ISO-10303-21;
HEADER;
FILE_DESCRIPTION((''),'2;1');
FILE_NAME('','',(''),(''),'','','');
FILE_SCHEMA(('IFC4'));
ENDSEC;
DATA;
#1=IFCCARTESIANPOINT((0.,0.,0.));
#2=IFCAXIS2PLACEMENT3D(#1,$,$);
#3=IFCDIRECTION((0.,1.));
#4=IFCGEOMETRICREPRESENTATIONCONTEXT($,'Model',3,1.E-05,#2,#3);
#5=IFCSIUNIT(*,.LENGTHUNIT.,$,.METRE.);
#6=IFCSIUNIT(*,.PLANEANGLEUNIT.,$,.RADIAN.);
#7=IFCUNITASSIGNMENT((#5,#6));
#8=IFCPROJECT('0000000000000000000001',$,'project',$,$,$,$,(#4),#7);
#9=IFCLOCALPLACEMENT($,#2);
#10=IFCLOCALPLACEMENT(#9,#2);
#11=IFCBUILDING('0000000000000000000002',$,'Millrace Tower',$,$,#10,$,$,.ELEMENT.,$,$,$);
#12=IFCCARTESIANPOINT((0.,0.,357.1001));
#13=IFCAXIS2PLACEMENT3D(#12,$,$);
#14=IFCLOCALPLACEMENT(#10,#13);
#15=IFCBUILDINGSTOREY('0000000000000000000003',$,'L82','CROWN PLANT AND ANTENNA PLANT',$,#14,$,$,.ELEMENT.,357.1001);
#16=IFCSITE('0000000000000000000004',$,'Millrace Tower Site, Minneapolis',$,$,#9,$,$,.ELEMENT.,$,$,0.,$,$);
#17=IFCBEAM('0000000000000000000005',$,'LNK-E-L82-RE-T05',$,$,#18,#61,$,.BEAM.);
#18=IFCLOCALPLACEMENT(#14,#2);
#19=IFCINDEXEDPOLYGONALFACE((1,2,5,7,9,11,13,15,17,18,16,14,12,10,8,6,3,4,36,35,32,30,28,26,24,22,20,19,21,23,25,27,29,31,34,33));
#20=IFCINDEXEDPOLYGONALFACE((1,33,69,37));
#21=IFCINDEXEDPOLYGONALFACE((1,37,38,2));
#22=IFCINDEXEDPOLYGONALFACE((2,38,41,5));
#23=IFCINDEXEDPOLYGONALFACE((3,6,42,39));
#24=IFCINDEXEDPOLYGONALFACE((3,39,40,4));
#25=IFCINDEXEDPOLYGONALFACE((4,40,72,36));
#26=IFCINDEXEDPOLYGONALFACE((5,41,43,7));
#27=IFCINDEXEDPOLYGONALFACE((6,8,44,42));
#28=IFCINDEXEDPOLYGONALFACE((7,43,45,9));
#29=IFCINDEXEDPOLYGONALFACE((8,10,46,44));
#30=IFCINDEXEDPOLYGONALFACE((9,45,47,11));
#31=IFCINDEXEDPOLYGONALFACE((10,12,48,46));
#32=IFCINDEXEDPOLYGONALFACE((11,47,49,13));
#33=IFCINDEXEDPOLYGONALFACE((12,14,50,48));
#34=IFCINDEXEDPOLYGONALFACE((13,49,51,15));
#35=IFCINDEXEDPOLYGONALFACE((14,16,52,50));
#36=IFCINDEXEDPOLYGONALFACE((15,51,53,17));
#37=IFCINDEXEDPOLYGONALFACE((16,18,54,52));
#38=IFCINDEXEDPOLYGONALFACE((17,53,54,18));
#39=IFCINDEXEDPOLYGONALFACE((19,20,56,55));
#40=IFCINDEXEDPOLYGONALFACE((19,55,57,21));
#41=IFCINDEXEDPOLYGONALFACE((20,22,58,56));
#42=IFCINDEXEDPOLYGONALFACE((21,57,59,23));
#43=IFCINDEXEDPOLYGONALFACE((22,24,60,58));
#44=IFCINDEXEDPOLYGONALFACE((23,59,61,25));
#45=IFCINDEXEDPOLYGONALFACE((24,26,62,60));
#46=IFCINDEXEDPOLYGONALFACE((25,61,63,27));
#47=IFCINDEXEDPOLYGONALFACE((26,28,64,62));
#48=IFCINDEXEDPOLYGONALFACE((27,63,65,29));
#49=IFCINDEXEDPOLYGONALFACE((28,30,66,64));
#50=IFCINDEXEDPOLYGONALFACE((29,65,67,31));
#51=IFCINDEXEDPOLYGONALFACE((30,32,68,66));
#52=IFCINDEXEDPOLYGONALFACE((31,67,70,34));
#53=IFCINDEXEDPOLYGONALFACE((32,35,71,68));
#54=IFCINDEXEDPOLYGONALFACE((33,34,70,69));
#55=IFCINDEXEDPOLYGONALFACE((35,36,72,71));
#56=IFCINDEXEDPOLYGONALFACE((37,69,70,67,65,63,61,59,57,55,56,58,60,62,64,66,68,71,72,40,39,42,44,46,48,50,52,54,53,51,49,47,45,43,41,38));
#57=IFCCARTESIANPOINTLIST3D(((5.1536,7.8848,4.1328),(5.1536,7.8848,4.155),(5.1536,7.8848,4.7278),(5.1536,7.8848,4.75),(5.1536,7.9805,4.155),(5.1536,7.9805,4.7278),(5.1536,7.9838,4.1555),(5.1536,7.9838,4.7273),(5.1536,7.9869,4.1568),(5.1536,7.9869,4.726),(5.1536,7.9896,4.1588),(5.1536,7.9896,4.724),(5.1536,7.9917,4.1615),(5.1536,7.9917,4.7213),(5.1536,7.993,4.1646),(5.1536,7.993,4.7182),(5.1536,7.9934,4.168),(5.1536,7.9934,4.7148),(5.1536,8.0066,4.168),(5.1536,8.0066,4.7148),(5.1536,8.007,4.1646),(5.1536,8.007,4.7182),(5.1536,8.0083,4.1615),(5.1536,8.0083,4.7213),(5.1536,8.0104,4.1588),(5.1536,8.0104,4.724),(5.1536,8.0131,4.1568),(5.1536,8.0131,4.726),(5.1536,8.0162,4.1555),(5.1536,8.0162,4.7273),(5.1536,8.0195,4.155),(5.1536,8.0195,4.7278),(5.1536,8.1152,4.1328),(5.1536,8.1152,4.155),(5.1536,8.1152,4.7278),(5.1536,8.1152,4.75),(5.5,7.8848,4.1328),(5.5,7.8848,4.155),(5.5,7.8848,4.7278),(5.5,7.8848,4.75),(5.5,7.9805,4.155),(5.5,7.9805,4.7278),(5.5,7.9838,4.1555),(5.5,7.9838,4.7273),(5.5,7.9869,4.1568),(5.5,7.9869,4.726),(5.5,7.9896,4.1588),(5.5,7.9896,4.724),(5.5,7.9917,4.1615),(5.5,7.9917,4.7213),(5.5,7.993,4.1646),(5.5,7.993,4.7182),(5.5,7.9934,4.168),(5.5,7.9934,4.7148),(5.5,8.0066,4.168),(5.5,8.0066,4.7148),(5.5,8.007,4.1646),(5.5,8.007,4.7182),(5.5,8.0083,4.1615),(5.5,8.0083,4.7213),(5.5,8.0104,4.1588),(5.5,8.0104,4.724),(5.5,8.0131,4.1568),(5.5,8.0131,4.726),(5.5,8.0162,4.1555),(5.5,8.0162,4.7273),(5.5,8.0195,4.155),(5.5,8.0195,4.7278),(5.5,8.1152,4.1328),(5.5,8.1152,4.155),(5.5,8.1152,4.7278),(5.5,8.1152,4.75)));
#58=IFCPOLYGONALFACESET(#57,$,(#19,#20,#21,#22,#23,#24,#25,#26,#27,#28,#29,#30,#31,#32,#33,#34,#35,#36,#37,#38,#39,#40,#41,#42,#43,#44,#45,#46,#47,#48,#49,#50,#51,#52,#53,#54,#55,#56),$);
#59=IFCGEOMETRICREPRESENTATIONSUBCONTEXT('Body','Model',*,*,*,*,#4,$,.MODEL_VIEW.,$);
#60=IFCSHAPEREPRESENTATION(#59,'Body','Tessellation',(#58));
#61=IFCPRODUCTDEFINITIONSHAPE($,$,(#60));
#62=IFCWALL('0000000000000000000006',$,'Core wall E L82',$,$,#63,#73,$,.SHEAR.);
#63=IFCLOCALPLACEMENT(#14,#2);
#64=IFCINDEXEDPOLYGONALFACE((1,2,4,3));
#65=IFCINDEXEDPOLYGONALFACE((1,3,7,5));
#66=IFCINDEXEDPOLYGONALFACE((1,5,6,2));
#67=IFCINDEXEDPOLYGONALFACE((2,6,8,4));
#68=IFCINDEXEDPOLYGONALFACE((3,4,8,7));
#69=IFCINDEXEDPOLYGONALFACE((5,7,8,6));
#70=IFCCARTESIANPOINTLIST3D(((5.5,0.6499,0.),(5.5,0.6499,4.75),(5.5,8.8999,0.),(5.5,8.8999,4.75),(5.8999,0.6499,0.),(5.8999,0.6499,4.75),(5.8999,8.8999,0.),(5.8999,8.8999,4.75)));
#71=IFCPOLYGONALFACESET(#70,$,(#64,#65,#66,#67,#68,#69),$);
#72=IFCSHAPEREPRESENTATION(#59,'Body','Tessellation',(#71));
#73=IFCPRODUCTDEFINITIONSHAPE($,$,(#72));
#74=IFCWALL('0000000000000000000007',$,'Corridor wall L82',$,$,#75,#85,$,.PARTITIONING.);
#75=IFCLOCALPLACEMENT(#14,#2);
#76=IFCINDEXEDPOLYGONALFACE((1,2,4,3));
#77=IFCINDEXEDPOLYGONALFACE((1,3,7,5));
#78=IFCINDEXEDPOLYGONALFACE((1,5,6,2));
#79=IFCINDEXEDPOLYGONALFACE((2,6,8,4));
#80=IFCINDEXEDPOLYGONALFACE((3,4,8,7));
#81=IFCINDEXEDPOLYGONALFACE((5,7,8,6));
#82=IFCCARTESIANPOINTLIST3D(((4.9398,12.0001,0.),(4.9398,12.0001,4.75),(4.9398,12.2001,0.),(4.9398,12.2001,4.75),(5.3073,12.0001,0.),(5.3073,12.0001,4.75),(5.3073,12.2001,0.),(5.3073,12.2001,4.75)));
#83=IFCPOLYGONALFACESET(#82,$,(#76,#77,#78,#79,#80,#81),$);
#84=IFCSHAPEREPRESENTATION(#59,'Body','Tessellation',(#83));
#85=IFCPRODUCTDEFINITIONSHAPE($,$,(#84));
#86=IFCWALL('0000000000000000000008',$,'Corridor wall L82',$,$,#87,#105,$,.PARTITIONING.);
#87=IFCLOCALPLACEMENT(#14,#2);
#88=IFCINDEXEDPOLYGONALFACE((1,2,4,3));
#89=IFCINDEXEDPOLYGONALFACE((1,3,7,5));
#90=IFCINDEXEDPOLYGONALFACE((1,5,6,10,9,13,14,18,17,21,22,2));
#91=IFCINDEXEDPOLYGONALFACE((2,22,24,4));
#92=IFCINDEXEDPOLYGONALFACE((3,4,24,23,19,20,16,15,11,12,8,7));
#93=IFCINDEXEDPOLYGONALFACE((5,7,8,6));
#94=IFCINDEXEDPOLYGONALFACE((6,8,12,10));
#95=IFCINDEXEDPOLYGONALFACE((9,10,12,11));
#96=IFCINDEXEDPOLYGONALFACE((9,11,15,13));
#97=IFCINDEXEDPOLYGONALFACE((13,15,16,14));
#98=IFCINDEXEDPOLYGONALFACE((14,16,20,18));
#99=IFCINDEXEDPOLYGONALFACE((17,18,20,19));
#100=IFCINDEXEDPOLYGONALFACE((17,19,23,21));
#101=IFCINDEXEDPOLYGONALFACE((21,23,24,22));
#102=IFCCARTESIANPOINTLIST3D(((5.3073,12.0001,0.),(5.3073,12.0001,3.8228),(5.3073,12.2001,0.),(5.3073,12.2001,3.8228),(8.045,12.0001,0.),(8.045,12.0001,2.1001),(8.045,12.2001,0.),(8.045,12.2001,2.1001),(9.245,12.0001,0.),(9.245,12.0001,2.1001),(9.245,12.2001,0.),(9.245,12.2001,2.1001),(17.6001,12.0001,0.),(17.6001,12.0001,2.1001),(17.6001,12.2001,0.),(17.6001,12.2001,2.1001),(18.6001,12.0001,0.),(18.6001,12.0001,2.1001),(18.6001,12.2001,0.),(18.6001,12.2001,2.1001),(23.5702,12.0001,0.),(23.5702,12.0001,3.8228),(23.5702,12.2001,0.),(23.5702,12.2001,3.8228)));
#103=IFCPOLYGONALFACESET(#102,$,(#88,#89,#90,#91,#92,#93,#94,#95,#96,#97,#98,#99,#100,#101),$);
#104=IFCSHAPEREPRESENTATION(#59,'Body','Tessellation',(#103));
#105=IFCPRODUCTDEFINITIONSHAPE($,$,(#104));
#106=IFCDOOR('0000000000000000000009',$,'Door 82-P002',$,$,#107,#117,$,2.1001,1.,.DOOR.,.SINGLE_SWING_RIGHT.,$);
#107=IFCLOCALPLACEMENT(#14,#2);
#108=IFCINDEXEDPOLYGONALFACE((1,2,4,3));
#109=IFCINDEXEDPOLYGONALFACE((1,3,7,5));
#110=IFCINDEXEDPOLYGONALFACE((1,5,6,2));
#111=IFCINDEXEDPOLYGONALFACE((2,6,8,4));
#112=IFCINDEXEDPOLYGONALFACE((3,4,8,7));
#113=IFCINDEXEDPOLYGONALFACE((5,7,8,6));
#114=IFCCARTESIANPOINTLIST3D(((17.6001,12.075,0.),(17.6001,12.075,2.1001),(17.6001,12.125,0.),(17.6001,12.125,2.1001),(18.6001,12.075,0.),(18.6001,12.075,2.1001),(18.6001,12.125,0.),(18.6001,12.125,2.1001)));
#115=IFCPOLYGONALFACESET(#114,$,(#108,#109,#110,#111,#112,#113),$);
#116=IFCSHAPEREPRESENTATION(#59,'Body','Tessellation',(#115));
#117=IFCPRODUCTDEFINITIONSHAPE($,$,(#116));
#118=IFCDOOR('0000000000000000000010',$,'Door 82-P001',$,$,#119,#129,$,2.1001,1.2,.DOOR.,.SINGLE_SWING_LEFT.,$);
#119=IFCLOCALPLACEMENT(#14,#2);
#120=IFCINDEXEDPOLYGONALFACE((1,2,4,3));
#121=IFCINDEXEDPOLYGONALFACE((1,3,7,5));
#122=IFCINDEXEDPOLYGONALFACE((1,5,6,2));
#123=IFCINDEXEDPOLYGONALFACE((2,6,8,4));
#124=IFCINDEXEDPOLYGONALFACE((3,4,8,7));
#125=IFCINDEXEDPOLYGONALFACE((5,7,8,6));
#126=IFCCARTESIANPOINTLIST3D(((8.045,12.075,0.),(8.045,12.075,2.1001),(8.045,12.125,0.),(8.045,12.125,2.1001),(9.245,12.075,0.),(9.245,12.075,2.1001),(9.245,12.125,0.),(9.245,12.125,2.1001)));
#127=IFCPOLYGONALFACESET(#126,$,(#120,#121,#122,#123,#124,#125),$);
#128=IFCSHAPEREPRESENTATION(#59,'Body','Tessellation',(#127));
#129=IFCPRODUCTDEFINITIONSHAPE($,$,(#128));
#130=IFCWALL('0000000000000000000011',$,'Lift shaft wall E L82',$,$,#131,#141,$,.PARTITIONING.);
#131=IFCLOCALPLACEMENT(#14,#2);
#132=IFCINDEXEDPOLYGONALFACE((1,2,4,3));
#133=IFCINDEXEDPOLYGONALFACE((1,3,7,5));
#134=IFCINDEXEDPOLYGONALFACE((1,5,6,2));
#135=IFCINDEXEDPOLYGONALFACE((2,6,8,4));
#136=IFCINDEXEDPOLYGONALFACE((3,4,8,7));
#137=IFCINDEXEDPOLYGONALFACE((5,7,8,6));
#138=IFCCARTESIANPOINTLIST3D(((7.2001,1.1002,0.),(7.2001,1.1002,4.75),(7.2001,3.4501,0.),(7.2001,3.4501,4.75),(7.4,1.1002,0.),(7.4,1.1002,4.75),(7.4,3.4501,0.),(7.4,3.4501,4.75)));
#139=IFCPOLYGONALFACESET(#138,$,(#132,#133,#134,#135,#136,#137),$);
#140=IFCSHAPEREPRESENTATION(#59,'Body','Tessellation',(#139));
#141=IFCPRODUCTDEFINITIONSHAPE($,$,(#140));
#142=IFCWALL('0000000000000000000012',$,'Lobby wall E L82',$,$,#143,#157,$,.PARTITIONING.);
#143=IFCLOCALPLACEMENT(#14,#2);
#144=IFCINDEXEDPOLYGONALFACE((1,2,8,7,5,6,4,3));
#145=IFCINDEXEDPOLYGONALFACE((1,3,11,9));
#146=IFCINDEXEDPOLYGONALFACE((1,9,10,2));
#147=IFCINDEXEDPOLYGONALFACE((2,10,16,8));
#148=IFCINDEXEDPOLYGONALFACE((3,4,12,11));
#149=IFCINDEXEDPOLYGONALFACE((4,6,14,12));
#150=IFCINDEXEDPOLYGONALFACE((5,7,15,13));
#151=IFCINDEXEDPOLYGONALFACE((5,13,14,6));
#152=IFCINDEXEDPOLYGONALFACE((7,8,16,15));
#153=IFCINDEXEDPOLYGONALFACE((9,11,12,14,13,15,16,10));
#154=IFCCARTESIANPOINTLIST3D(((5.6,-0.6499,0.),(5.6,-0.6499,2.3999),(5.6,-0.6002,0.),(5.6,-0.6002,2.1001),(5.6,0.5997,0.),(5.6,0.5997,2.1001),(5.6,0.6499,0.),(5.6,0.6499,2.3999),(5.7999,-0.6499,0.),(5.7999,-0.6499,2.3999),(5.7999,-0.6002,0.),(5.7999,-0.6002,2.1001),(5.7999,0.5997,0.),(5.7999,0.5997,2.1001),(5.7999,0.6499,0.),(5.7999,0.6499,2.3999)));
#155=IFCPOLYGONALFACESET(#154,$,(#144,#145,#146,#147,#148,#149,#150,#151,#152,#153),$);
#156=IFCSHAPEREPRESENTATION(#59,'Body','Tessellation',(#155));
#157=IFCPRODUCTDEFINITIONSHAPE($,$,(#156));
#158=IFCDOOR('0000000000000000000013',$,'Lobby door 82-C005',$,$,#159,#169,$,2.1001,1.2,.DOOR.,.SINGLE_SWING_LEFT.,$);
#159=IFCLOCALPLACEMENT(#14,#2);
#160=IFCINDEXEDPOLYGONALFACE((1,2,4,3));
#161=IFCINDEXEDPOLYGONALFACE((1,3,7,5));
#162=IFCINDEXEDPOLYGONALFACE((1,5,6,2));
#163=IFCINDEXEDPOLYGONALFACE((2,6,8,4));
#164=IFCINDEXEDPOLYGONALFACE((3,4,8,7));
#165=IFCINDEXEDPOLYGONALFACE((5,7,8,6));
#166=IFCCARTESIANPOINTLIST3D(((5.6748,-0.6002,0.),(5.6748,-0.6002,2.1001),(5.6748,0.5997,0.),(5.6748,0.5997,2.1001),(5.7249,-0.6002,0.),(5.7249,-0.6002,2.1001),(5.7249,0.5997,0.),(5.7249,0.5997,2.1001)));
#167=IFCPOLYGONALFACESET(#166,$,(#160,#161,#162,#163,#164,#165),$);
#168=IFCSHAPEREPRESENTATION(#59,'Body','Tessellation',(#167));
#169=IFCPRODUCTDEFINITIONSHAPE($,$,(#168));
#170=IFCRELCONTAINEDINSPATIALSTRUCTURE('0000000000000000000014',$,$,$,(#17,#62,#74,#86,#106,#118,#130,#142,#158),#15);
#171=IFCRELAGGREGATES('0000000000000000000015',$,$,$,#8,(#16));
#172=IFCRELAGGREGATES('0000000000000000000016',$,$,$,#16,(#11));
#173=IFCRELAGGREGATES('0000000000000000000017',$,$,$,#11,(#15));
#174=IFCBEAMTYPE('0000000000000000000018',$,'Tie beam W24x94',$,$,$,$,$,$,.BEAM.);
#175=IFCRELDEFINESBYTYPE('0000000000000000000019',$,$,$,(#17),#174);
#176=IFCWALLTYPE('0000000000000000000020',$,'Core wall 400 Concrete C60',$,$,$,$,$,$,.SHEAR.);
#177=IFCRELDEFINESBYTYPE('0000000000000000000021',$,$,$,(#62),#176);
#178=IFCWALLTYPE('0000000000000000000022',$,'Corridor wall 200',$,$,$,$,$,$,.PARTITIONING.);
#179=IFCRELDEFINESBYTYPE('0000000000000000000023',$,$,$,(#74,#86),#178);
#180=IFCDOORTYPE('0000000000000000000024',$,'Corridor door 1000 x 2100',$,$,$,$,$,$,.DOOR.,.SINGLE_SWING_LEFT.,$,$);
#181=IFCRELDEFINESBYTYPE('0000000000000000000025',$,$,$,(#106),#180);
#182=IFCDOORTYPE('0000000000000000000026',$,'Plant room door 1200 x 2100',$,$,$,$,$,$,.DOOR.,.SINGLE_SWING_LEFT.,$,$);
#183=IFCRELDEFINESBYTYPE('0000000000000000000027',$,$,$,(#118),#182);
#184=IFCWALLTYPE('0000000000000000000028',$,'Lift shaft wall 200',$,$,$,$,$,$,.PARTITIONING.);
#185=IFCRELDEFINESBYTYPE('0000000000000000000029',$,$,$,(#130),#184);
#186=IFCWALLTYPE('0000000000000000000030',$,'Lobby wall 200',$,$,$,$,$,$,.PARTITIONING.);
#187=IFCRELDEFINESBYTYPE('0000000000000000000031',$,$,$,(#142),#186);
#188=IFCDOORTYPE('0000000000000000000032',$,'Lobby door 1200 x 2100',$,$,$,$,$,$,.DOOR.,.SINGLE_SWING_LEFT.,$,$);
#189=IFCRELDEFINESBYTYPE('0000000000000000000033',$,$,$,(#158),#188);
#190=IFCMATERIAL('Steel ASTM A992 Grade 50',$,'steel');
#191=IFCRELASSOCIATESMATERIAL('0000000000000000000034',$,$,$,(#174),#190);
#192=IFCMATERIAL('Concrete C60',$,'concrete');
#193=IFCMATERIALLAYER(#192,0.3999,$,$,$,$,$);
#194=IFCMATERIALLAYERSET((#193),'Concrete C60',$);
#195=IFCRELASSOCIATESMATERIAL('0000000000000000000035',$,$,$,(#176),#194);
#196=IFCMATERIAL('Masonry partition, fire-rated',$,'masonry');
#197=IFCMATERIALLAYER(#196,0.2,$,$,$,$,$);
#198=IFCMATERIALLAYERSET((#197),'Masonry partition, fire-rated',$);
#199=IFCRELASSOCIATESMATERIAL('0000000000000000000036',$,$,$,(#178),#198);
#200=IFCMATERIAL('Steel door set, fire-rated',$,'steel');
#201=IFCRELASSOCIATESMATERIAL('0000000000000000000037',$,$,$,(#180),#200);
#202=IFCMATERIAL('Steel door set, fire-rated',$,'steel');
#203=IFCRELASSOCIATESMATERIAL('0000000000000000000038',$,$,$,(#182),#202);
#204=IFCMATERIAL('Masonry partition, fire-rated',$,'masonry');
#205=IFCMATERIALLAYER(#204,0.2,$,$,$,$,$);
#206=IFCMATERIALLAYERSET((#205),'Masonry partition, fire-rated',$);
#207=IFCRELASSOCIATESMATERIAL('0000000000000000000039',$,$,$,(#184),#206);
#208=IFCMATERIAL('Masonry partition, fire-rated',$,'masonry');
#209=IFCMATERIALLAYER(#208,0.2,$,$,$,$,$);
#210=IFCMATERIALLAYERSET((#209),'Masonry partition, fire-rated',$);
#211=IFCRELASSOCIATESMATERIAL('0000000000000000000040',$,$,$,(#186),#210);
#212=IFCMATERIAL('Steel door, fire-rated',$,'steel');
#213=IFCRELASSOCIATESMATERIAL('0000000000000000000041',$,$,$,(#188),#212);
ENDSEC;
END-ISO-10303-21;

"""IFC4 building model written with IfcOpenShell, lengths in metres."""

from ifc_helpers import new_model, si_unit, direction, frame, frame_2d, origin, origin_2d, place, context, subcontext, project, spatial, rectangle, i_section, extrude, material, layer, layer_set, material_profile, profile_set, type_object, element, fill, save


model = new_model("IFC4")

# Units and contexts
model_context = context("Model", 3, precision=1e-05, world=origin(), true_north=direction((0.0, 1.0)))
body_context = subcontext(model_context, "Body", "Model", "MODEL_VIEW")
ifc_project = project(units=[si_unit("LENGTHUNIT", "METRE"), si_unit("PLANEANGLEUNIT", "RADIAN")], contexts=[model_context])

# Site, building, storey
site_placement = place(None, origin())
site = spatial("IfcSite", under=ifc_project, at=site_placement, Name="Millrace Tower Site, Minneapolis", CompositionType="ELEMENT", RefElevation=0.0)
building_placement = place(site_placement, origin())
building = spatial("IfcBuilding", under=site, at=building_placement, Name="Millrace Tower", CompositionType="ELEMENT")
storey_placement = place(building_placement, frame((0.0, 0.0, 357.1001)))
storey = spatial("IfcBuildingStorey", under=building, at=storey_placement, Name="L82", Description="CROWN PLANT AND ANTENNA PLANT", CompositionType="ELEMENT", Elevation=357.1001)

# Beam
ifc_material_1 = material(Name="Steel ASTM A992 Grade 50", Category="steel")
ifc_material_profile_1 = material_profile(ifc_material_1, i_section(OverallWidth=0.2305, OverallDepth=0.6172, WebThickness=0.0132, FlangeThickness=0.0222, FilletRadius=0.0129, at=origin_2d()))
ifc_profile_set_1 = profile_set([ifc_material_profile_1], Name="Steel ASTM A992 Grade 50")
beam_type_1 = type_object("IfcBeamType", Name="Tie beam W24x94", PredefinedType="BEAM", material=ifc_profile_set_1)
for number, where, z_axis, x_axis, name in (
    (1, (5.1536, 8.0, 4.4414), (1.0, 0.0, 0.0), (0.0, 1.0, 0.0), "LNK-E-L82-RE-T05"),
):
    element("IfcBeam", number, at=place(storey_placement, frame(where, z_axis=z_axis, x_axis=x_axis)), inside=storey, type_object=beam_type_1, Name=name, PredefinedType="BEAM", context=body_context, shape_type="SweptSolid", body=[
        extrude(i_section(OverallWidth=0.2305, OverallDepth=0.6172, WebThickness=0.0132, FlangeThickness=0.0222, FilletRadius=0.0129, at=origin_2d()), origin(), (0.0, 0.0, 1.0), 0.3464),
    ])

# Walls
ifc_material_2 = material(Name="Concrete C60", Category="concrete")
ifc_layer_1 = layer(ifc_material_2, 0.3999)
ifc_layer_set_1 = layer_set([ifc_layer_1], Name="Concrete C60")
wall_type_1 = type_object("IfcWallType", Name="Core wall 400 Concrete C60", PredefinedType="SHEAR", material=ifc_layer_set_1)
wall_1_placement = place(storey_placement, frame((5.7, 8.8999, 0.0), z_axis=(0.0, 0.0, 1.0), x_axis=(0.0, -1.0, 0.0)))
element("IfcWall", 2, at=wall_1_placement, inside=storey, type_object=wall_type_1, Name="Core wall E L82", PredefinedType="SHEAR", context=body_context, shape_type="SweptSolid", body=[
    extrude(rectangle(XDim=8.25, YDim=0.3999, at=frame_2d((4.125, 0.0))), origin(), (0.0, 0.0, 1.0), 4.75),
])
ifc_material_3 = material(Name="Masonry partition, fire-rated", Category="masonry")
ifc_layer_2 = layer(ifc_material_3, 0.2)
ifc_layer_set_2 = layer_set([ifc_layer_2], Name="Masonry partition, fire-rated")
wall_type_2 = type_object("IfcWallType", Name="Corridor wall 200", PredefinedType="PARTITIONING", material=ifc_layer_set_2)
wall_2_placement = place(storey_placement, frame((4.9399, 12.1001, 0.0), z_axis=(0.0, 0.0, 1.0), x_axis=(1.0, 0.0, 0.0)))
element("IfcWall", 3, at=wall_2_placement, inside=storey, type_object=wall_type_2, Name="Corridor wall L82", PredefinedType="PARTITIONING", context=body_context, shape_type="SweptSolid", body=[
    extrude(rectangle(XDim=0.3674, YDim=0.2, at=frame_2d((0.1836, 0.0))), origin(), (0.0, 0.0, 1.0), 4.75),
])

# Wall, openings, doors
wall_3_placement = place(storey_placement, frame((5.3074, 12.1001, 0.0), z_axis=(0.0, 0.0, 1.0), x_axis=(1.0, 0.0, 0.0)))
wall_3 = element("IfcWall", 4, at=wall_3_placement, inside=storey, type_object=wall_type_2, Name="Corridor wall L82", PredefinedType="PARTITIONING", context=body_context, shape_type="SweptSolid", body=[
    extrude(rectangle(XDim=18.2629, YDim=0.2, at=frame_2d((9.1313, 0.0))), origin(), (0.0, 0.0, 1.0), 3.8228),
])
opening_1_placement = place(wall_3_placement, frame((2.7375, 0.0, 0.0)))
opening_1 = element("IfcOpeningElement", 5, at=opening_1_placement, cuts=wall_3, PredefinedType="OPENING", context=body_context, shape_type="SweptSolid", body=[
    extrude(rectangle(XDim=1.2, YDim=2.1001, at=frame_2d((0.6001, 1.05))), frame((0.0, 0.1099, 0.0), z_axis=(0.0, -1.0, 0.0), x_axis=(1.0, 0.0, 0.0)), (0.0, 0.0, 1.0), 0.22),
])
opening_2_placement = place(wall_3_placement, frame((12.2927, 0.0, 0.0)))
opening_2 = element("IfcOpeningElement", 6, at=opening_2_placement, cuts=wall_3, PredefinedType="OPENING", context=body_context, shape_type="SweptSolid", body=[
    extrude(rectangle(XDim=1.0, YDim=2.1001, at=frame_2d((0.5, 1.05))), frame((0.0, 0.1099, 0.0), z_axis=(0.0, -1.0, 0.0), x_axis=(1.0, 0.0, 0.0)), (0.0, 0.0, 1.0), 0.22),
])
ifc_material_4 = material(Name="Steel door set, fire-rated", Category="steel")
door_type_1 = type_object("IfcDoorType", Name="Corridor door 1000 x 2100", OperationType="SINGLE_SWING_LEFT", PredefinedType="DOOR", material=ifc_material_4)
door_1_placement = place(opening_2_placement, origin())
door_1 = element("IfcDoor", 7, at=door_1_placement, inside=storey, type_object=door_type_1, Name="Door 82-P002", OperationType="SINGLE_SWING_RIGHT", OverallHeight=2.1001, OverallWidth=1.0, PredefinedType="DOOR", context=body_context, shape_type="SweptSolid", body=[
    extrude(rectangle(XDim=1.0, YDim=2.1001, at=frame_2d((0.5, 1.05))), frame((0.0, 0.0249, 0.0), z_axis=(0.0, -1.0, 0.0), x_axis=(1.0, 0.0, 0.0)), (0.0, 0.0, 1.0), 0.05),
])
fill(opening_2, door_1)
ifc_material_5 = material(Name="Steel door set, fire-rated", Category="steel")
door_type_2 = type_object("IfcDoorType", Name="Plant room door 1200 x 2100", OperationType="SINGLE_SWING_LEFT", PredefinedType="DOOR", material=ifc_material_5)
door_2_placement = place(opening_1_placement, origin())
door_2 = element("IfcDoor", 8, at=door_2_placement, inside=storey, type_object=door_type_2, Name="Door 82-P001", OperationType="SINGLE_SWING_LEFT", OverallHeight=2.1001, OverallWidth=1.2, PredefinedType="DOOR", context=body_context, shape_type="SweptSolid", body=[
    extrude(rectangle(XDim=1.2, YDim=2.1001, at=frame_2d((0.6001, 1.05))), frame((0.0, 0.0249, 0.0), z_axis=(0.0, -1.0, 0.0), x_axis=(1.0, 0.0, 0.0)), (0.0, 0.0, 1.0), 0.05),
])
fill(opening_1, door_2)

# Wall
ifc_material_6 = material(Name="Masonry partition, fire-rated", Category="masonry")
ifc_layer_3 = layer(ifc_material_6, 0.2)
ifc_layer_set_3 = layer_set([ifc_layer_3], Name="Masonry partition, fire-rated")
wall_type_3 = type_object("IfcWallType", Name="Lift shaft wall 200", PredefinedType="PARTITIONING", material=ifc_layer_set_3)
wall_4_placement = place(storey_placement, frame((7.3, 3.45, 0.0), z_axis=(0.0, 0.0, 1.0), x_axis=(0.0, -1.0, 0.0)))
element("IfcWall", 9, at=wall_4_placement, inside=storey, type_object=wall_type_3, Name="Lift shaft wall E L82", PredefinedType="PARTITIONING", context=body_context, shape_type="SweptSolid", body=[
    extrude(rectangle(XDim=2.3499, YDim=0.2, at=frame_2d((1.1748, 0.0))), origin(), (0.0, 0.0, 1.0), 4.75),
])

# Wall, opening, door
ifc_material_7 = material(Name="Masonry partition, fire-rated", Category="masonry")
ifc_layer_4 = layer(ifc_material_7, 0.2)
ifc_layer_set_4 = layer_set([ifc_layer_4], Name="Masonry partition, fire-rated")
wall_type_4 = type_object("IfcWallType", Name="Lobby wall 200", PredefinedType="PARTITIONING", material=ifc_layer_set_4)
wall_5_placement = place(storey_placement, frame((5.7, 0.6499, 0.0), z_axis=(0.0, 0.0, 1.0), x_axis=(0.0, -1.0, 0.0)))
wall_5 = element("IfcWall", 10, at=wall_5_placement, inside=storey, type_object=wall_type_4, Name="Lobby wall E L82", PredefinedType="PARTITIONING", context=body_context, shape_type="SweptSolid", body=[
    extrude(rectangle(XDim=1.2998, YDim=0.2, at=frame_2d((0.6499, 0.0))), origin(), (0.0, 0.0, 1.0), 2.3999),
])
opening_3_placement = place(wall_5_placement, frame((0.05, 0.0, 0.0)))
opening_3 = element("IfcOpeningElement", 11, at=opening_3_placement, cuts=wall_5, PredefinedType="OPENING", context=body_context, shape_type="SweptSolid", body=[
    extrude(rectangle(XDim=1.2, YDim=2.1001, at=frame_2d((0.6001, 1.05))), frame((0.0, 0.1099, 0.0), z_axis=(0.0, -1.0, 0.0), x_axis=(1.0, 0.0, 0.0)), (0.0, 0.0, 1.0), 0.22),
])
ifc_material_8 = material(Name="Steel door, fire-rated", Category="steel")
door_type_3 = type_object("IfcDoorType", Name="Lobby door 1200 x 2100", OperationType="SINGLE_SWING_LEFT", PredefinedType="DOOR", material=ifc_material_8)
door_3_placement = place(opening_3_placement, origin())
door_3 = element("IfcDoor", 12, at=door_3_placement, inside=storey, type_object=door_type_3, Name="Lobby door 82-C005", OperationType="SINGLE_SWING_LEFT", OverallHeight=2.1001, OverallWidth=1.2, PredefinedType="DOOR", context=body_context, shape_type="SweptSolid", body=[
    extrude(rectangle(XDim=1.2, YDim=2.1001, at=frame_2d((0.6001, 1.05))), frame((0.0, 0.0249, 0.0), z_axis=(0.0, -1.0, 0.0), x_axis=(1.0, 0.0, 0.0)), (0.0, 0.0, 1.0), 0.05),
])
fill(opening_3, door_3)

save(model, "model.ifc")
